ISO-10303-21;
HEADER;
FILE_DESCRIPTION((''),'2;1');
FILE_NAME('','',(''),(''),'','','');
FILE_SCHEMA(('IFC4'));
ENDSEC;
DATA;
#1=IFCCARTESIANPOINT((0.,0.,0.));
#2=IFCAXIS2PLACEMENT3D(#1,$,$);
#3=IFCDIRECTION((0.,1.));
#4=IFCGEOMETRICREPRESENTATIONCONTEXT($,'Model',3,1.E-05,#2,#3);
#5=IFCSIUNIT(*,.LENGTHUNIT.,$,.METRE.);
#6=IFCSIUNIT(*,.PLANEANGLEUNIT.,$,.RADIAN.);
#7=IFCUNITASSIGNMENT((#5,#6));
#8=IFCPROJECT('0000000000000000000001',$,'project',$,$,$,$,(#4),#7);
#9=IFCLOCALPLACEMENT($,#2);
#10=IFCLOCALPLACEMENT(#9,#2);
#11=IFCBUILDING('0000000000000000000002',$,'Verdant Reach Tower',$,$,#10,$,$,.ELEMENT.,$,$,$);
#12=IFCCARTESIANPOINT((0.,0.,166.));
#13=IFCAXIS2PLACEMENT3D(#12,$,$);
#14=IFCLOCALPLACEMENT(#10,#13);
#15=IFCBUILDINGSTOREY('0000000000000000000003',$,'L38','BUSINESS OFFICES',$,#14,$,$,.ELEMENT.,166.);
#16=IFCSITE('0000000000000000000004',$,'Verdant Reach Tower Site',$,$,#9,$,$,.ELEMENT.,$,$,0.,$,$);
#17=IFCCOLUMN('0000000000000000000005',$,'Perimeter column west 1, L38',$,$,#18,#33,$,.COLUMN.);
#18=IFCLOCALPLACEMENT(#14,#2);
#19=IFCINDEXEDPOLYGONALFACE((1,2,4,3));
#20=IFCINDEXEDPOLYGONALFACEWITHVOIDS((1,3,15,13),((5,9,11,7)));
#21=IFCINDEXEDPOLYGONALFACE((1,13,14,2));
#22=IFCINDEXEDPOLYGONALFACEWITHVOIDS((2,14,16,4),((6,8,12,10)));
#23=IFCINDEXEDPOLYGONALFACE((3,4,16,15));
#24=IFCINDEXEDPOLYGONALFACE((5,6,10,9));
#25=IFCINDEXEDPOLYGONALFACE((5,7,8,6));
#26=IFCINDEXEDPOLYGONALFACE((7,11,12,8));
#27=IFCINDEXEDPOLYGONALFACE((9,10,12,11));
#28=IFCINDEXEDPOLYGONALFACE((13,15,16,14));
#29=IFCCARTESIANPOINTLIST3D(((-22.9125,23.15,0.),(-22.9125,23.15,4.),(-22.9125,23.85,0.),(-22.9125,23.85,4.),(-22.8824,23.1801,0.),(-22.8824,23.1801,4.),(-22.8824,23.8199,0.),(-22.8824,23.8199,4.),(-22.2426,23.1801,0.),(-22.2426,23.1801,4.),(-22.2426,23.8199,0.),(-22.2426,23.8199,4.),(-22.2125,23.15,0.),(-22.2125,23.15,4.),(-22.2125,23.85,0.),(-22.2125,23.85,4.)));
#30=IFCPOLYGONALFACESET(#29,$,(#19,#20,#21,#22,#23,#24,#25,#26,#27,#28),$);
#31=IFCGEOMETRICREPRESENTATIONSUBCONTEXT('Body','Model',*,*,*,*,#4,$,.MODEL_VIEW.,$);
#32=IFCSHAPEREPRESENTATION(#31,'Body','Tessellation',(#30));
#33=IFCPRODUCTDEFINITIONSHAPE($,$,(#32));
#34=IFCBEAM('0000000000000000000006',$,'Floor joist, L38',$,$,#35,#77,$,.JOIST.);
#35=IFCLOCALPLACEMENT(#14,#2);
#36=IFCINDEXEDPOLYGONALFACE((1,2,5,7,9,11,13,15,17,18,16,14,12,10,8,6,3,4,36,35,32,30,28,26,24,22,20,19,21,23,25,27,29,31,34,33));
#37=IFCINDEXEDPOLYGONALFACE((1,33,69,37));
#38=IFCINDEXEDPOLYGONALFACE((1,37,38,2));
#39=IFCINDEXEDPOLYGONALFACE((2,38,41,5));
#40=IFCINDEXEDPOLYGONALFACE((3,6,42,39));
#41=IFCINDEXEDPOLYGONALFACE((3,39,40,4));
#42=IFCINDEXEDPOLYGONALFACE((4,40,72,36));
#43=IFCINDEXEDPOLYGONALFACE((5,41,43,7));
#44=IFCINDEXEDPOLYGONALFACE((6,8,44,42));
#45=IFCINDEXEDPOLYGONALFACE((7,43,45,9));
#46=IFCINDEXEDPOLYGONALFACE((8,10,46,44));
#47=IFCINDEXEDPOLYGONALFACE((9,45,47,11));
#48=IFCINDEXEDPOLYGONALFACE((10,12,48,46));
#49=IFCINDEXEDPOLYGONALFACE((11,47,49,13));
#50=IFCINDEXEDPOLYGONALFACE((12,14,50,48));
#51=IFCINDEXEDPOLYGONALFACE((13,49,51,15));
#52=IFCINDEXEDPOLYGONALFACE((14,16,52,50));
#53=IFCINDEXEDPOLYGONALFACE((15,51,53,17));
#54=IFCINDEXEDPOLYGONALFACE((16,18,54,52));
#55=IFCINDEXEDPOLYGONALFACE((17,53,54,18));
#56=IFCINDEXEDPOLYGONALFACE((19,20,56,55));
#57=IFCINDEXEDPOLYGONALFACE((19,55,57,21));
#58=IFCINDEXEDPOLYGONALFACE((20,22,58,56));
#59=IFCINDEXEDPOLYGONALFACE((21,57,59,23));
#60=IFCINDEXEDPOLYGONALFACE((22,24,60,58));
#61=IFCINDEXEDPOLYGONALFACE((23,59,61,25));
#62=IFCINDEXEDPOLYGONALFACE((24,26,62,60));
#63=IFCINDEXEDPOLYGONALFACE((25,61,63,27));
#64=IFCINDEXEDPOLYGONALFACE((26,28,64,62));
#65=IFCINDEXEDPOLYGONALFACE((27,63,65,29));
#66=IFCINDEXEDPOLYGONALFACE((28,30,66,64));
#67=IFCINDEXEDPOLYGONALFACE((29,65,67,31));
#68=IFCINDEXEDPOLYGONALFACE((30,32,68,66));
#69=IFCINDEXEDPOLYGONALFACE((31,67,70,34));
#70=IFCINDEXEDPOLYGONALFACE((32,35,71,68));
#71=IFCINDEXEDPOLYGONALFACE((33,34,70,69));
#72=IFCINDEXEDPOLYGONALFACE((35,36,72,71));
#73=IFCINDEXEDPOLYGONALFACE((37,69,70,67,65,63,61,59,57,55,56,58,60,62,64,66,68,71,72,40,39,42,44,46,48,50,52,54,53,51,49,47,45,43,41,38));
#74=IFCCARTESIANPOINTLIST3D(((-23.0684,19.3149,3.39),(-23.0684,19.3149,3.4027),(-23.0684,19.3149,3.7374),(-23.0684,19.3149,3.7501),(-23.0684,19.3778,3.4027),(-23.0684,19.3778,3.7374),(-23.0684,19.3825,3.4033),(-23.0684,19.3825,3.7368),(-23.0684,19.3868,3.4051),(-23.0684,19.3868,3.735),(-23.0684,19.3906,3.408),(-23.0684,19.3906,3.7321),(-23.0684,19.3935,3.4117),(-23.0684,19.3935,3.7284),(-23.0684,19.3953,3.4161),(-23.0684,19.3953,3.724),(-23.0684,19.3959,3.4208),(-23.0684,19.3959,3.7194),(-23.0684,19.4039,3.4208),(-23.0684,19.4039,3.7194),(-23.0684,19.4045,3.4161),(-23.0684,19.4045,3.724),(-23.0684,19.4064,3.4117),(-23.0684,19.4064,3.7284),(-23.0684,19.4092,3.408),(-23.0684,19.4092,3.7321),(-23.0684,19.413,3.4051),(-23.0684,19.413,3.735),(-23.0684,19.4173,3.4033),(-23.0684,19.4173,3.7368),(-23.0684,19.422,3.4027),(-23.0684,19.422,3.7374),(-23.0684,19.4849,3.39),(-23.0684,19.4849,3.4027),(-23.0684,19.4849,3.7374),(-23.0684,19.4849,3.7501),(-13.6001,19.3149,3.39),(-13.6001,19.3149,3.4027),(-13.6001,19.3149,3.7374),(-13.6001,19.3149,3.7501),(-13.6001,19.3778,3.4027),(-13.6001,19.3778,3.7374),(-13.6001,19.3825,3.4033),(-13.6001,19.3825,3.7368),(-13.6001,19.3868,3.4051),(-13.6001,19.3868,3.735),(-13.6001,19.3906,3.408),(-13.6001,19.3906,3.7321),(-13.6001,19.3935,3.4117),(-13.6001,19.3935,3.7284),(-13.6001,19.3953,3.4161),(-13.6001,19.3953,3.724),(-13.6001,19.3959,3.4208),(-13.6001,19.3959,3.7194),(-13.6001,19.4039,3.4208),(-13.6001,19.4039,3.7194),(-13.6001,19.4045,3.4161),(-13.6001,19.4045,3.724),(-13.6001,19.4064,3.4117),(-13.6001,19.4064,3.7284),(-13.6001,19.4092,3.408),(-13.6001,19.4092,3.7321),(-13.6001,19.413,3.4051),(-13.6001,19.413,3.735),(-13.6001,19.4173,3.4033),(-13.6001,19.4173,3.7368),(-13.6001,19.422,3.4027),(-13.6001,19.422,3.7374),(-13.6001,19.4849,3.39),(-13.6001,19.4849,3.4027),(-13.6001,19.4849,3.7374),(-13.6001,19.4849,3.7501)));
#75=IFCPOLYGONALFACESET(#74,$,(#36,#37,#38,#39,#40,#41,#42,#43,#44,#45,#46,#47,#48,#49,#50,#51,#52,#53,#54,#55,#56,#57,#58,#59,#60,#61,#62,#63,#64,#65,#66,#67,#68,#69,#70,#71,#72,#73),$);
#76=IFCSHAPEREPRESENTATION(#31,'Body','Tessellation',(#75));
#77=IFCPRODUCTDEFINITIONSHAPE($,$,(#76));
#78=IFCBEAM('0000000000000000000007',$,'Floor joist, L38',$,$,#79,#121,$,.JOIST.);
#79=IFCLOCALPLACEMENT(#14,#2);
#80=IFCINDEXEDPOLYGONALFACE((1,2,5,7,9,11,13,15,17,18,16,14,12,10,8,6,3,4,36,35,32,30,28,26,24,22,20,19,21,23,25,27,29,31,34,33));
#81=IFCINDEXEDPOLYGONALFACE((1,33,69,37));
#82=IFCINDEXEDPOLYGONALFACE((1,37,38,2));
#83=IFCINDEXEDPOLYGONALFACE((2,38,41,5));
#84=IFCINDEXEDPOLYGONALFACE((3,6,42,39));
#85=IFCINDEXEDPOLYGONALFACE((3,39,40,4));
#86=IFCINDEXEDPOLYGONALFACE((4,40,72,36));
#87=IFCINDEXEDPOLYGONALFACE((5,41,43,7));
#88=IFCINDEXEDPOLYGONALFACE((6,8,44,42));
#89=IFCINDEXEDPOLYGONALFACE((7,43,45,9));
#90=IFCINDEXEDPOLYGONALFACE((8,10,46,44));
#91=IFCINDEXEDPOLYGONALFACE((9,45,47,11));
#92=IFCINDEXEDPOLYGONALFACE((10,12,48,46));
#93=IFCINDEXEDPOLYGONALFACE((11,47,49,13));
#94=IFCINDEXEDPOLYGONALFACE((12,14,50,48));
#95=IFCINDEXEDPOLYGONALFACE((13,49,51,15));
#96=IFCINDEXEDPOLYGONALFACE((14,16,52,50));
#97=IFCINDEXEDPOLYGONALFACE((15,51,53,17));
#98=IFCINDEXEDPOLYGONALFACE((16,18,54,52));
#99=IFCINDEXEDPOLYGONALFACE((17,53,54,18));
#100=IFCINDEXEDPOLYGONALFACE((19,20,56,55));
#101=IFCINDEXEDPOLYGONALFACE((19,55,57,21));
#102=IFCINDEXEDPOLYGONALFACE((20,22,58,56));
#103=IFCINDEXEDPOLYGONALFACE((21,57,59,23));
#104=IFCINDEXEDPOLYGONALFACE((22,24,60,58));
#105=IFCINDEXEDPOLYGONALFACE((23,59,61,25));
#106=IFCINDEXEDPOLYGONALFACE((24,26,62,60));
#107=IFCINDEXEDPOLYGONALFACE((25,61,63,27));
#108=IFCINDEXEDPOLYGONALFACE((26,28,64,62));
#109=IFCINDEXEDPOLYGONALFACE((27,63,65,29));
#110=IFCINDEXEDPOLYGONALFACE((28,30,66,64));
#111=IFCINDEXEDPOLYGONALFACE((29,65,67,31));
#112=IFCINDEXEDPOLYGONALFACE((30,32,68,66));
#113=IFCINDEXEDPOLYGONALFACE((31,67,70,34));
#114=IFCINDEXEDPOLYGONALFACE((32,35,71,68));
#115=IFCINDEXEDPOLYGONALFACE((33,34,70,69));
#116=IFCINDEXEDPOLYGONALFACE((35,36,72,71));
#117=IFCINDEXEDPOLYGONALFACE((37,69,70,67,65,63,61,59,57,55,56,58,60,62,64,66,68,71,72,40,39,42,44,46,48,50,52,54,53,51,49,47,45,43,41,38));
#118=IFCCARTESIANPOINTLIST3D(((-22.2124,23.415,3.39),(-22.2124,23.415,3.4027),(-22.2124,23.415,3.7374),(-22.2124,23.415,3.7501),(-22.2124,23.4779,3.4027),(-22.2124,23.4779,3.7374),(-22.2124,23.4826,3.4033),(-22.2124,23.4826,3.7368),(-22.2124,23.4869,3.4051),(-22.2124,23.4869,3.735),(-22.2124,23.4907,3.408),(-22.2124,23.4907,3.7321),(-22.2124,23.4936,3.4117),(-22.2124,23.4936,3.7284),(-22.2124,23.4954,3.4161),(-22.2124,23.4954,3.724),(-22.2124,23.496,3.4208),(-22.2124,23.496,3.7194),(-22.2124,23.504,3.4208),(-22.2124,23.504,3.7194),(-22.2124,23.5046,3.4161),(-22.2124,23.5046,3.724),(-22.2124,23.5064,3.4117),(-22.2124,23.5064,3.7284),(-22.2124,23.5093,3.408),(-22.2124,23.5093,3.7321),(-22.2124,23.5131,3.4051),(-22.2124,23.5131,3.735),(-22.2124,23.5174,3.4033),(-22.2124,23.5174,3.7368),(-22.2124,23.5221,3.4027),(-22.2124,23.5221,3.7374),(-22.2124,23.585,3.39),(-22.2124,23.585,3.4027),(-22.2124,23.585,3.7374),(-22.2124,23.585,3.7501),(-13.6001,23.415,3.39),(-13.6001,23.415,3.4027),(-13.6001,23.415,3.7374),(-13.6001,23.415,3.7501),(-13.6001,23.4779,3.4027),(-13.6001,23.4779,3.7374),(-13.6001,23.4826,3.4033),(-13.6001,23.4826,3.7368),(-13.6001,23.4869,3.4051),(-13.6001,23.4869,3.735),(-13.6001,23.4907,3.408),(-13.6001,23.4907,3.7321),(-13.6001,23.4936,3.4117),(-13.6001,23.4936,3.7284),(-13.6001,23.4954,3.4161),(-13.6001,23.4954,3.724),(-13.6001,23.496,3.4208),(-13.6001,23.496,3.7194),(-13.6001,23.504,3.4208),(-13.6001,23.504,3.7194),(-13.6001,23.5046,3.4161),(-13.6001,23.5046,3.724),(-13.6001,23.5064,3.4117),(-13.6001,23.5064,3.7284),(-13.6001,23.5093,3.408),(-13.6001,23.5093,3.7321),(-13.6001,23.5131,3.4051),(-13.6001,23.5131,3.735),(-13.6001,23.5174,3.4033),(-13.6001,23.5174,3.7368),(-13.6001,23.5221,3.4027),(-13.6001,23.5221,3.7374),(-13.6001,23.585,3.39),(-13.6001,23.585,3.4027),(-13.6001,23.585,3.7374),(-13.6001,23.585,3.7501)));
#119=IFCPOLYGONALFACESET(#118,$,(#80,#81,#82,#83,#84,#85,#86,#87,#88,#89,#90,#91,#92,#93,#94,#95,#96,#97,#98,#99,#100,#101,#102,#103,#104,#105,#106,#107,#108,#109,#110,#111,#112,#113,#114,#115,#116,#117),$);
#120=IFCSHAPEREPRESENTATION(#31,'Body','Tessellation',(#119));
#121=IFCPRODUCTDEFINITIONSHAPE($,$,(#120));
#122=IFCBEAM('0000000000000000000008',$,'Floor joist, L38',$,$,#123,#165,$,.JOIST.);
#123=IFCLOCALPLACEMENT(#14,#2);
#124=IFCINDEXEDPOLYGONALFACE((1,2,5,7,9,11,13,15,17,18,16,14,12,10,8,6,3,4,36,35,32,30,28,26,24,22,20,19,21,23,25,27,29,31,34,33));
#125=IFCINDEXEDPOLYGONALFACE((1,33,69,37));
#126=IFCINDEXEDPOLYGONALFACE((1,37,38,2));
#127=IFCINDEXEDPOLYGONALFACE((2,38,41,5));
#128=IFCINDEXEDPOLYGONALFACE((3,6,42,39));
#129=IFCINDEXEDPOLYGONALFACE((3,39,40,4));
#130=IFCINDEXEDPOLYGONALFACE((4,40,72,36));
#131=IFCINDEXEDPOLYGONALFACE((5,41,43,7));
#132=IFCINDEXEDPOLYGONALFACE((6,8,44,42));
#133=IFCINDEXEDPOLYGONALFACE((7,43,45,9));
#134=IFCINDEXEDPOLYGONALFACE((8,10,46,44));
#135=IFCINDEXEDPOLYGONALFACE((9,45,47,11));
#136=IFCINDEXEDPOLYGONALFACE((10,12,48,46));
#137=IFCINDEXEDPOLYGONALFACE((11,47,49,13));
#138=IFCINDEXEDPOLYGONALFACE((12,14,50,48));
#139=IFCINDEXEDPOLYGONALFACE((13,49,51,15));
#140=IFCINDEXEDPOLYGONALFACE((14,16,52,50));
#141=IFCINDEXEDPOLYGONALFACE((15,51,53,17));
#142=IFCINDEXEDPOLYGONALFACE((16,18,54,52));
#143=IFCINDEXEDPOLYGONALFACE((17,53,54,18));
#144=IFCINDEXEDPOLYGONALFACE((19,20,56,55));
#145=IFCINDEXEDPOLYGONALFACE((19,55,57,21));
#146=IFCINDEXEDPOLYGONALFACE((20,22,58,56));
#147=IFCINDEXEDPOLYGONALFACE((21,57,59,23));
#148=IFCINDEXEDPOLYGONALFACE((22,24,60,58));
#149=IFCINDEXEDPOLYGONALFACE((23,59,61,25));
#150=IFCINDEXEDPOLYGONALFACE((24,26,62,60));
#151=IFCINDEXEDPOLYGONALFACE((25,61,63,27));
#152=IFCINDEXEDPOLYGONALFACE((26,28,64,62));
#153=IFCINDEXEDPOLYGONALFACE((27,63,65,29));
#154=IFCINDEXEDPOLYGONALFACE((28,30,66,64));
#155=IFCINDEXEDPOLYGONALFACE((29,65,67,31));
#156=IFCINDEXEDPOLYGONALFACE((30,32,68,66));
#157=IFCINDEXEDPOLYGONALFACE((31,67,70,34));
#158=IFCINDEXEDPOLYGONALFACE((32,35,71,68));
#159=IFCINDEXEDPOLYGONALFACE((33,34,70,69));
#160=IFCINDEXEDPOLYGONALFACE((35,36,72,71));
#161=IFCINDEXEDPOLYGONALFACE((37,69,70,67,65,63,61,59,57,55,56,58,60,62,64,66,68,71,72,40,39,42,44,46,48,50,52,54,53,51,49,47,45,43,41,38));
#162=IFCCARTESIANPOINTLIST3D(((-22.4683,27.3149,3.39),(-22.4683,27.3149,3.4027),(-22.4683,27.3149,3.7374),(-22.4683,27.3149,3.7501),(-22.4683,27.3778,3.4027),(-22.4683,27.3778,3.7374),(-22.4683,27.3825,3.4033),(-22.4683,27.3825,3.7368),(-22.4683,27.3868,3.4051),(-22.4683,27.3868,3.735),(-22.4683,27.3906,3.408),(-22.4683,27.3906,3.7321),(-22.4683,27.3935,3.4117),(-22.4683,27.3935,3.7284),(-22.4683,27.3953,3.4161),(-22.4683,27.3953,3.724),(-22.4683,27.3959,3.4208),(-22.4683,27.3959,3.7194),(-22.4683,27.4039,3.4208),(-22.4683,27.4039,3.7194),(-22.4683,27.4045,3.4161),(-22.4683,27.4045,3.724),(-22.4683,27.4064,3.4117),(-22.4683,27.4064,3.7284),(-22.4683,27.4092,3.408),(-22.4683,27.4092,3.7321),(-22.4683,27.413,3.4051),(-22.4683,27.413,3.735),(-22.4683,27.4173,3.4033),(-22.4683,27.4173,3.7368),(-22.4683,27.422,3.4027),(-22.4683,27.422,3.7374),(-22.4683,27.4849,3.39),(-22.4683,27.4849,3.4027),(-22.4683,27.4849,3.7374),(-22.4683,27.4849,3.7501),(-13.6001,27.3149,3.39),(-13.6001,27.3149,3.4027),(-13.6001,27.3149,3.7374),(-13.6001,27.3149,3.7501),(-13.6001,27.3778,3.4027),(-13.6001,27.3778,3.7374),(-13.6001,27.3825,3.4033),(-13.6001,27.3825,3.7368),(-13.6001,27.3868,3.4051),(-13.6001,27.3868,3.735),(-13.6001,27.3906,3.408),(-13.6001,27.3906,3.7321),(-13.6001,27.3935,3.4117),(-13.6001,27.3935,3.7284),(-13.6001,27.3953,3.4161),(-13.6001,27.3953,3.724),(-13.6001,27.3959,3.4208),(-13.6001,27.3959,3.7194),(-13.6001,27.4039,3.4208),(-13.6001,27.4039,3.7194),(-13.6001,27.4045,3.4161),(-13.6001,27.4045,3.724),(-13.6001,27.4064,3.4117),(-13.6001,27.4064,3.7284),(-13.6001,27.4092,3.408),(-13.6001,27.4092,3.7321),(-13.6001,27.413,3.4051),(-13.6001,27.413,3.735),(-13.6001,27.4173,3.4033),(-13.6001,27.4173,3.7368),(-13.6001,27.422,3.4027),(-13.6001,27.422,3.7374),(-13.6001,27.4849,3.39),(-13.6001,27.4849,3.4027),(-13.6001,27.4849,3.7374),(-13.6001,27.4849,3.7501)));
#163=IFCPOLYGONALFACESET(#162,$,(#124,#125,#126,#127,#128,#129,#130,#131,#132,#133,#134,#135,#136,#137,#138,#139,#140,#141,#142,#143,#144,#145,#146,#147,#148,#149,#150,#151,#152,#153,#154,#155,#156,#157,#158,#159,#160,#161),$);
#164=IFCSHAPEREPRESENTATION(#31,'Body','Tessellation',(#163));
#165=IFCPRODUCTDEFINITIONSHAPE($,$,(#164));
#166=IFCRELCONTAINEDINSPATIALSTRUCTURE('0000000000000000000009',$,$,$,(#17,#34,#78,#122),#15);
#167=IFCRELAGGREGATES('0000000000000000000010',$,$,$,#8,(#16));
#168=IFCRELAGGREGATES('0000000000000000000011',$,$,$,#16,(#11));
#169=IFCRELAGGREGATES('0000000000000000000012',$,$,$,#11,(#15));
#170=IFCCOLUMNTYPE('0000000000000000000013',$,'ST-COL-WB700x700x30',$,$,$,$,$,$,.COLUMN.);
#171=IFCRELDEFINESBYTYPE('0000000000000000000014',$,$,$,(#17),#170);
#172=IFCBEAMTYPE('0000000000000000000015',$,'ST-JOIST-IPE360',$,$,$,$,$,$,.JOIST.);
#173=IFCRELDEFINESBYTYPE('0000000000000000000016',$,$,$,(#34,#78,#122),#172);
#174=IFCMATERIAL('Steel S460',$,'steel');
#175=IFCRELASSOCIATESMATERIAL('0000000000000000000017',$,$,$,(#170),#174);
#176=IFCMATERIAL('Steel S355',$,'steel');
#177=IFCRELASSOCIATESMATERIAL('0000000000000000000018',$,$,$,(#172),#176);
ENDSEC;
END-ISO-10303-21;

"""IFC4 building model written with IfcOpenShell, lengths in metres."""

from ifc_helpers import new_model, si_unit, direction, frame, origin, origin_2d, place, context, subcontext, project, spatial, hollow_rectangle, i_section, extrude, material, material_profile, profile_set, type_object, element, save


model = new_model("IFC4")

# Units and contexts
model_context = context("Model", 3, precision=1e-05, world=origin(), true_north=direction((0.0, 1.0)))
body_context = subcontext(model_context, "Body", "Model", "MODEL_VIEW")
ifc_project = project(units=[si_unit("LENGTHUNIT", "METRE"), si_unit("PLANEANGLEUNIT", "RADIAN")], contexts=[model_context])

# Site, building, storey
site_placement = place(None, origin())
site = spatial("IfcSite", under=ifc_project, at=site_placement, Name="Verdant Reach Tower Site", CompositionType="ELEMENT", RefElevation=0.0)
building_placement = place(site_placement, origin())
building = spatial("IfcBuilding", under=site, at=building_placement, Name="Verdant Reach Tower", CompositionType="ELEMENT")
storey_placement = place(building_placement, frame((0.0, 0.0, 166.0)))
storey = spatial("IfcBuildingStorey", under=building, at=storey_placement, Name="L38", Description="BUSINESS OFFICES", CompositionType="ELEMENT", Elevation=166.0)

# Column
ifc_material_1 = material(Name="Steel S460", Category="steel")
ifc_material_profile_1 = material_profile(ifc_material_1, hollow_rectangle(XDim=0.7, YDim=0.7, WallThickness=0.03, at=origin_2d()), Name="WB 700x700x30")
ifc_profile_set_1 = profile_set([ifc_material_profile_1], Name="Steel S460")
column_type = type_object("IfcColumnType", Name="ST-COL-WB700x700x30", PredefinedType="COLUMN", material=ifc_profile_set_1)
column_placement = place(storey_placement, frame((-22.5625, 23.5, 0.0), z_axis=(0.0, 0.0, 1.0), x_axis=(1.0, 0.0, 0.0)))
element("IfcColumn", 1, at=column_placement, inside=storey, type_object=column_type, Name="Perimeter column west 1, L38", PredefinedType="COLUMN", context=body_context, shape_type="SweptSolid", body=[
    extrude(hollow_rectangle(XDim=0.7, YDim=0.7, WallThickness=0.03, at=origin_2d()), origin(), (0.0, 0.0, 1.0), 4.0),
])

# Beams
ifc_material_2 = material(Name="Steel S355", Category="steel")
ifc_material_profile_2 = material_profile(ifc_material_2, i_section(OverallWidth=0.1699, OverallDepth=0.3601, WebThickness=0.0081, FlangeThickness=0.0127, FilletRadius=0.0181, at=origin_2d()), Name="IPE 360")
ifc_profile_set_2 = profile_set([ifc_material_profile_2], Name="Steel S355")
beam_type = type_object("IfcBeamType", Name="ST-JOIST-IPE360", PredefinedType="JOIST", material=ifc_profile_set_2)
beam_1_placement = place(storey_placement, frame((-13.6001, 19.3999, 3.5701), z_axis=(-1.0, 0.0, 0.0), x_axis=(0.0, -1.0, 0.0)))
element("IfcBeam", 2, at=beam_1_placement, inside=storey, type_object=beam_type, Name="Floor joist, L38", PredefinedType="JOIST", context=body_context, shape_type="SweptSolid", body=[
    extrude(i_section(OverallWidth=0.1699, OverallDepth=0.3601, WebThickness=0.0081, FlangeThickness=0.0127, FilletRadius=0.0181, at=origin_2d()), origin(), (0.0, 0.0, 1.0), 9.4683),
])
beam_2_placement = place(storey_placement, frame((-13.6001, 23.5, 3.5701), z_axis=(-1.0, 0.0, 0.0), x_axis=(0.0, -1.0, 0.0)))
element("IfcBeam", 3, at=beam_2_placement, inside=storey, type_object=beam_type, Name="Floor joist, L38", PredefinedType="JOIST", context=body_context, shape_type="SweptSolid", body=[
    extrude(i_section(OverallWidth=0.1699, OverallDepth=0.3601, WebThickness=0.0081, FlangeThickness=0.0127, FilletRadius=0.0181, at=origin_2d()), origin(), (0.0, 0.0, 1.0), 8.6123),
])
beam_3_placement = place(storey_placement, frame((-13.6001, 27.3999, 3.5701), z_axis=(-1.0, 0.0, 0.0), x_axis=(0.0, -1.0, 0.0)))
element("IfcBeam", 4, at=beam_3_placement, inside=storey, type_object=beam_type, Name="Floor joist, L38", PredefinedType="JOIST", context=body_context, shape_type="SweptSolid", body=[
    extrude(i_section(OverallWidth=0.1699, OverallDepth=0.3601, WebThickness=0.0081, FlangeThickness=0.0127, FilletRadius=0.0181, at=origin_2d()), origin(), (0.0, 0.0, 1.0), 8.8682),
])

save(model, "model.ifc")
